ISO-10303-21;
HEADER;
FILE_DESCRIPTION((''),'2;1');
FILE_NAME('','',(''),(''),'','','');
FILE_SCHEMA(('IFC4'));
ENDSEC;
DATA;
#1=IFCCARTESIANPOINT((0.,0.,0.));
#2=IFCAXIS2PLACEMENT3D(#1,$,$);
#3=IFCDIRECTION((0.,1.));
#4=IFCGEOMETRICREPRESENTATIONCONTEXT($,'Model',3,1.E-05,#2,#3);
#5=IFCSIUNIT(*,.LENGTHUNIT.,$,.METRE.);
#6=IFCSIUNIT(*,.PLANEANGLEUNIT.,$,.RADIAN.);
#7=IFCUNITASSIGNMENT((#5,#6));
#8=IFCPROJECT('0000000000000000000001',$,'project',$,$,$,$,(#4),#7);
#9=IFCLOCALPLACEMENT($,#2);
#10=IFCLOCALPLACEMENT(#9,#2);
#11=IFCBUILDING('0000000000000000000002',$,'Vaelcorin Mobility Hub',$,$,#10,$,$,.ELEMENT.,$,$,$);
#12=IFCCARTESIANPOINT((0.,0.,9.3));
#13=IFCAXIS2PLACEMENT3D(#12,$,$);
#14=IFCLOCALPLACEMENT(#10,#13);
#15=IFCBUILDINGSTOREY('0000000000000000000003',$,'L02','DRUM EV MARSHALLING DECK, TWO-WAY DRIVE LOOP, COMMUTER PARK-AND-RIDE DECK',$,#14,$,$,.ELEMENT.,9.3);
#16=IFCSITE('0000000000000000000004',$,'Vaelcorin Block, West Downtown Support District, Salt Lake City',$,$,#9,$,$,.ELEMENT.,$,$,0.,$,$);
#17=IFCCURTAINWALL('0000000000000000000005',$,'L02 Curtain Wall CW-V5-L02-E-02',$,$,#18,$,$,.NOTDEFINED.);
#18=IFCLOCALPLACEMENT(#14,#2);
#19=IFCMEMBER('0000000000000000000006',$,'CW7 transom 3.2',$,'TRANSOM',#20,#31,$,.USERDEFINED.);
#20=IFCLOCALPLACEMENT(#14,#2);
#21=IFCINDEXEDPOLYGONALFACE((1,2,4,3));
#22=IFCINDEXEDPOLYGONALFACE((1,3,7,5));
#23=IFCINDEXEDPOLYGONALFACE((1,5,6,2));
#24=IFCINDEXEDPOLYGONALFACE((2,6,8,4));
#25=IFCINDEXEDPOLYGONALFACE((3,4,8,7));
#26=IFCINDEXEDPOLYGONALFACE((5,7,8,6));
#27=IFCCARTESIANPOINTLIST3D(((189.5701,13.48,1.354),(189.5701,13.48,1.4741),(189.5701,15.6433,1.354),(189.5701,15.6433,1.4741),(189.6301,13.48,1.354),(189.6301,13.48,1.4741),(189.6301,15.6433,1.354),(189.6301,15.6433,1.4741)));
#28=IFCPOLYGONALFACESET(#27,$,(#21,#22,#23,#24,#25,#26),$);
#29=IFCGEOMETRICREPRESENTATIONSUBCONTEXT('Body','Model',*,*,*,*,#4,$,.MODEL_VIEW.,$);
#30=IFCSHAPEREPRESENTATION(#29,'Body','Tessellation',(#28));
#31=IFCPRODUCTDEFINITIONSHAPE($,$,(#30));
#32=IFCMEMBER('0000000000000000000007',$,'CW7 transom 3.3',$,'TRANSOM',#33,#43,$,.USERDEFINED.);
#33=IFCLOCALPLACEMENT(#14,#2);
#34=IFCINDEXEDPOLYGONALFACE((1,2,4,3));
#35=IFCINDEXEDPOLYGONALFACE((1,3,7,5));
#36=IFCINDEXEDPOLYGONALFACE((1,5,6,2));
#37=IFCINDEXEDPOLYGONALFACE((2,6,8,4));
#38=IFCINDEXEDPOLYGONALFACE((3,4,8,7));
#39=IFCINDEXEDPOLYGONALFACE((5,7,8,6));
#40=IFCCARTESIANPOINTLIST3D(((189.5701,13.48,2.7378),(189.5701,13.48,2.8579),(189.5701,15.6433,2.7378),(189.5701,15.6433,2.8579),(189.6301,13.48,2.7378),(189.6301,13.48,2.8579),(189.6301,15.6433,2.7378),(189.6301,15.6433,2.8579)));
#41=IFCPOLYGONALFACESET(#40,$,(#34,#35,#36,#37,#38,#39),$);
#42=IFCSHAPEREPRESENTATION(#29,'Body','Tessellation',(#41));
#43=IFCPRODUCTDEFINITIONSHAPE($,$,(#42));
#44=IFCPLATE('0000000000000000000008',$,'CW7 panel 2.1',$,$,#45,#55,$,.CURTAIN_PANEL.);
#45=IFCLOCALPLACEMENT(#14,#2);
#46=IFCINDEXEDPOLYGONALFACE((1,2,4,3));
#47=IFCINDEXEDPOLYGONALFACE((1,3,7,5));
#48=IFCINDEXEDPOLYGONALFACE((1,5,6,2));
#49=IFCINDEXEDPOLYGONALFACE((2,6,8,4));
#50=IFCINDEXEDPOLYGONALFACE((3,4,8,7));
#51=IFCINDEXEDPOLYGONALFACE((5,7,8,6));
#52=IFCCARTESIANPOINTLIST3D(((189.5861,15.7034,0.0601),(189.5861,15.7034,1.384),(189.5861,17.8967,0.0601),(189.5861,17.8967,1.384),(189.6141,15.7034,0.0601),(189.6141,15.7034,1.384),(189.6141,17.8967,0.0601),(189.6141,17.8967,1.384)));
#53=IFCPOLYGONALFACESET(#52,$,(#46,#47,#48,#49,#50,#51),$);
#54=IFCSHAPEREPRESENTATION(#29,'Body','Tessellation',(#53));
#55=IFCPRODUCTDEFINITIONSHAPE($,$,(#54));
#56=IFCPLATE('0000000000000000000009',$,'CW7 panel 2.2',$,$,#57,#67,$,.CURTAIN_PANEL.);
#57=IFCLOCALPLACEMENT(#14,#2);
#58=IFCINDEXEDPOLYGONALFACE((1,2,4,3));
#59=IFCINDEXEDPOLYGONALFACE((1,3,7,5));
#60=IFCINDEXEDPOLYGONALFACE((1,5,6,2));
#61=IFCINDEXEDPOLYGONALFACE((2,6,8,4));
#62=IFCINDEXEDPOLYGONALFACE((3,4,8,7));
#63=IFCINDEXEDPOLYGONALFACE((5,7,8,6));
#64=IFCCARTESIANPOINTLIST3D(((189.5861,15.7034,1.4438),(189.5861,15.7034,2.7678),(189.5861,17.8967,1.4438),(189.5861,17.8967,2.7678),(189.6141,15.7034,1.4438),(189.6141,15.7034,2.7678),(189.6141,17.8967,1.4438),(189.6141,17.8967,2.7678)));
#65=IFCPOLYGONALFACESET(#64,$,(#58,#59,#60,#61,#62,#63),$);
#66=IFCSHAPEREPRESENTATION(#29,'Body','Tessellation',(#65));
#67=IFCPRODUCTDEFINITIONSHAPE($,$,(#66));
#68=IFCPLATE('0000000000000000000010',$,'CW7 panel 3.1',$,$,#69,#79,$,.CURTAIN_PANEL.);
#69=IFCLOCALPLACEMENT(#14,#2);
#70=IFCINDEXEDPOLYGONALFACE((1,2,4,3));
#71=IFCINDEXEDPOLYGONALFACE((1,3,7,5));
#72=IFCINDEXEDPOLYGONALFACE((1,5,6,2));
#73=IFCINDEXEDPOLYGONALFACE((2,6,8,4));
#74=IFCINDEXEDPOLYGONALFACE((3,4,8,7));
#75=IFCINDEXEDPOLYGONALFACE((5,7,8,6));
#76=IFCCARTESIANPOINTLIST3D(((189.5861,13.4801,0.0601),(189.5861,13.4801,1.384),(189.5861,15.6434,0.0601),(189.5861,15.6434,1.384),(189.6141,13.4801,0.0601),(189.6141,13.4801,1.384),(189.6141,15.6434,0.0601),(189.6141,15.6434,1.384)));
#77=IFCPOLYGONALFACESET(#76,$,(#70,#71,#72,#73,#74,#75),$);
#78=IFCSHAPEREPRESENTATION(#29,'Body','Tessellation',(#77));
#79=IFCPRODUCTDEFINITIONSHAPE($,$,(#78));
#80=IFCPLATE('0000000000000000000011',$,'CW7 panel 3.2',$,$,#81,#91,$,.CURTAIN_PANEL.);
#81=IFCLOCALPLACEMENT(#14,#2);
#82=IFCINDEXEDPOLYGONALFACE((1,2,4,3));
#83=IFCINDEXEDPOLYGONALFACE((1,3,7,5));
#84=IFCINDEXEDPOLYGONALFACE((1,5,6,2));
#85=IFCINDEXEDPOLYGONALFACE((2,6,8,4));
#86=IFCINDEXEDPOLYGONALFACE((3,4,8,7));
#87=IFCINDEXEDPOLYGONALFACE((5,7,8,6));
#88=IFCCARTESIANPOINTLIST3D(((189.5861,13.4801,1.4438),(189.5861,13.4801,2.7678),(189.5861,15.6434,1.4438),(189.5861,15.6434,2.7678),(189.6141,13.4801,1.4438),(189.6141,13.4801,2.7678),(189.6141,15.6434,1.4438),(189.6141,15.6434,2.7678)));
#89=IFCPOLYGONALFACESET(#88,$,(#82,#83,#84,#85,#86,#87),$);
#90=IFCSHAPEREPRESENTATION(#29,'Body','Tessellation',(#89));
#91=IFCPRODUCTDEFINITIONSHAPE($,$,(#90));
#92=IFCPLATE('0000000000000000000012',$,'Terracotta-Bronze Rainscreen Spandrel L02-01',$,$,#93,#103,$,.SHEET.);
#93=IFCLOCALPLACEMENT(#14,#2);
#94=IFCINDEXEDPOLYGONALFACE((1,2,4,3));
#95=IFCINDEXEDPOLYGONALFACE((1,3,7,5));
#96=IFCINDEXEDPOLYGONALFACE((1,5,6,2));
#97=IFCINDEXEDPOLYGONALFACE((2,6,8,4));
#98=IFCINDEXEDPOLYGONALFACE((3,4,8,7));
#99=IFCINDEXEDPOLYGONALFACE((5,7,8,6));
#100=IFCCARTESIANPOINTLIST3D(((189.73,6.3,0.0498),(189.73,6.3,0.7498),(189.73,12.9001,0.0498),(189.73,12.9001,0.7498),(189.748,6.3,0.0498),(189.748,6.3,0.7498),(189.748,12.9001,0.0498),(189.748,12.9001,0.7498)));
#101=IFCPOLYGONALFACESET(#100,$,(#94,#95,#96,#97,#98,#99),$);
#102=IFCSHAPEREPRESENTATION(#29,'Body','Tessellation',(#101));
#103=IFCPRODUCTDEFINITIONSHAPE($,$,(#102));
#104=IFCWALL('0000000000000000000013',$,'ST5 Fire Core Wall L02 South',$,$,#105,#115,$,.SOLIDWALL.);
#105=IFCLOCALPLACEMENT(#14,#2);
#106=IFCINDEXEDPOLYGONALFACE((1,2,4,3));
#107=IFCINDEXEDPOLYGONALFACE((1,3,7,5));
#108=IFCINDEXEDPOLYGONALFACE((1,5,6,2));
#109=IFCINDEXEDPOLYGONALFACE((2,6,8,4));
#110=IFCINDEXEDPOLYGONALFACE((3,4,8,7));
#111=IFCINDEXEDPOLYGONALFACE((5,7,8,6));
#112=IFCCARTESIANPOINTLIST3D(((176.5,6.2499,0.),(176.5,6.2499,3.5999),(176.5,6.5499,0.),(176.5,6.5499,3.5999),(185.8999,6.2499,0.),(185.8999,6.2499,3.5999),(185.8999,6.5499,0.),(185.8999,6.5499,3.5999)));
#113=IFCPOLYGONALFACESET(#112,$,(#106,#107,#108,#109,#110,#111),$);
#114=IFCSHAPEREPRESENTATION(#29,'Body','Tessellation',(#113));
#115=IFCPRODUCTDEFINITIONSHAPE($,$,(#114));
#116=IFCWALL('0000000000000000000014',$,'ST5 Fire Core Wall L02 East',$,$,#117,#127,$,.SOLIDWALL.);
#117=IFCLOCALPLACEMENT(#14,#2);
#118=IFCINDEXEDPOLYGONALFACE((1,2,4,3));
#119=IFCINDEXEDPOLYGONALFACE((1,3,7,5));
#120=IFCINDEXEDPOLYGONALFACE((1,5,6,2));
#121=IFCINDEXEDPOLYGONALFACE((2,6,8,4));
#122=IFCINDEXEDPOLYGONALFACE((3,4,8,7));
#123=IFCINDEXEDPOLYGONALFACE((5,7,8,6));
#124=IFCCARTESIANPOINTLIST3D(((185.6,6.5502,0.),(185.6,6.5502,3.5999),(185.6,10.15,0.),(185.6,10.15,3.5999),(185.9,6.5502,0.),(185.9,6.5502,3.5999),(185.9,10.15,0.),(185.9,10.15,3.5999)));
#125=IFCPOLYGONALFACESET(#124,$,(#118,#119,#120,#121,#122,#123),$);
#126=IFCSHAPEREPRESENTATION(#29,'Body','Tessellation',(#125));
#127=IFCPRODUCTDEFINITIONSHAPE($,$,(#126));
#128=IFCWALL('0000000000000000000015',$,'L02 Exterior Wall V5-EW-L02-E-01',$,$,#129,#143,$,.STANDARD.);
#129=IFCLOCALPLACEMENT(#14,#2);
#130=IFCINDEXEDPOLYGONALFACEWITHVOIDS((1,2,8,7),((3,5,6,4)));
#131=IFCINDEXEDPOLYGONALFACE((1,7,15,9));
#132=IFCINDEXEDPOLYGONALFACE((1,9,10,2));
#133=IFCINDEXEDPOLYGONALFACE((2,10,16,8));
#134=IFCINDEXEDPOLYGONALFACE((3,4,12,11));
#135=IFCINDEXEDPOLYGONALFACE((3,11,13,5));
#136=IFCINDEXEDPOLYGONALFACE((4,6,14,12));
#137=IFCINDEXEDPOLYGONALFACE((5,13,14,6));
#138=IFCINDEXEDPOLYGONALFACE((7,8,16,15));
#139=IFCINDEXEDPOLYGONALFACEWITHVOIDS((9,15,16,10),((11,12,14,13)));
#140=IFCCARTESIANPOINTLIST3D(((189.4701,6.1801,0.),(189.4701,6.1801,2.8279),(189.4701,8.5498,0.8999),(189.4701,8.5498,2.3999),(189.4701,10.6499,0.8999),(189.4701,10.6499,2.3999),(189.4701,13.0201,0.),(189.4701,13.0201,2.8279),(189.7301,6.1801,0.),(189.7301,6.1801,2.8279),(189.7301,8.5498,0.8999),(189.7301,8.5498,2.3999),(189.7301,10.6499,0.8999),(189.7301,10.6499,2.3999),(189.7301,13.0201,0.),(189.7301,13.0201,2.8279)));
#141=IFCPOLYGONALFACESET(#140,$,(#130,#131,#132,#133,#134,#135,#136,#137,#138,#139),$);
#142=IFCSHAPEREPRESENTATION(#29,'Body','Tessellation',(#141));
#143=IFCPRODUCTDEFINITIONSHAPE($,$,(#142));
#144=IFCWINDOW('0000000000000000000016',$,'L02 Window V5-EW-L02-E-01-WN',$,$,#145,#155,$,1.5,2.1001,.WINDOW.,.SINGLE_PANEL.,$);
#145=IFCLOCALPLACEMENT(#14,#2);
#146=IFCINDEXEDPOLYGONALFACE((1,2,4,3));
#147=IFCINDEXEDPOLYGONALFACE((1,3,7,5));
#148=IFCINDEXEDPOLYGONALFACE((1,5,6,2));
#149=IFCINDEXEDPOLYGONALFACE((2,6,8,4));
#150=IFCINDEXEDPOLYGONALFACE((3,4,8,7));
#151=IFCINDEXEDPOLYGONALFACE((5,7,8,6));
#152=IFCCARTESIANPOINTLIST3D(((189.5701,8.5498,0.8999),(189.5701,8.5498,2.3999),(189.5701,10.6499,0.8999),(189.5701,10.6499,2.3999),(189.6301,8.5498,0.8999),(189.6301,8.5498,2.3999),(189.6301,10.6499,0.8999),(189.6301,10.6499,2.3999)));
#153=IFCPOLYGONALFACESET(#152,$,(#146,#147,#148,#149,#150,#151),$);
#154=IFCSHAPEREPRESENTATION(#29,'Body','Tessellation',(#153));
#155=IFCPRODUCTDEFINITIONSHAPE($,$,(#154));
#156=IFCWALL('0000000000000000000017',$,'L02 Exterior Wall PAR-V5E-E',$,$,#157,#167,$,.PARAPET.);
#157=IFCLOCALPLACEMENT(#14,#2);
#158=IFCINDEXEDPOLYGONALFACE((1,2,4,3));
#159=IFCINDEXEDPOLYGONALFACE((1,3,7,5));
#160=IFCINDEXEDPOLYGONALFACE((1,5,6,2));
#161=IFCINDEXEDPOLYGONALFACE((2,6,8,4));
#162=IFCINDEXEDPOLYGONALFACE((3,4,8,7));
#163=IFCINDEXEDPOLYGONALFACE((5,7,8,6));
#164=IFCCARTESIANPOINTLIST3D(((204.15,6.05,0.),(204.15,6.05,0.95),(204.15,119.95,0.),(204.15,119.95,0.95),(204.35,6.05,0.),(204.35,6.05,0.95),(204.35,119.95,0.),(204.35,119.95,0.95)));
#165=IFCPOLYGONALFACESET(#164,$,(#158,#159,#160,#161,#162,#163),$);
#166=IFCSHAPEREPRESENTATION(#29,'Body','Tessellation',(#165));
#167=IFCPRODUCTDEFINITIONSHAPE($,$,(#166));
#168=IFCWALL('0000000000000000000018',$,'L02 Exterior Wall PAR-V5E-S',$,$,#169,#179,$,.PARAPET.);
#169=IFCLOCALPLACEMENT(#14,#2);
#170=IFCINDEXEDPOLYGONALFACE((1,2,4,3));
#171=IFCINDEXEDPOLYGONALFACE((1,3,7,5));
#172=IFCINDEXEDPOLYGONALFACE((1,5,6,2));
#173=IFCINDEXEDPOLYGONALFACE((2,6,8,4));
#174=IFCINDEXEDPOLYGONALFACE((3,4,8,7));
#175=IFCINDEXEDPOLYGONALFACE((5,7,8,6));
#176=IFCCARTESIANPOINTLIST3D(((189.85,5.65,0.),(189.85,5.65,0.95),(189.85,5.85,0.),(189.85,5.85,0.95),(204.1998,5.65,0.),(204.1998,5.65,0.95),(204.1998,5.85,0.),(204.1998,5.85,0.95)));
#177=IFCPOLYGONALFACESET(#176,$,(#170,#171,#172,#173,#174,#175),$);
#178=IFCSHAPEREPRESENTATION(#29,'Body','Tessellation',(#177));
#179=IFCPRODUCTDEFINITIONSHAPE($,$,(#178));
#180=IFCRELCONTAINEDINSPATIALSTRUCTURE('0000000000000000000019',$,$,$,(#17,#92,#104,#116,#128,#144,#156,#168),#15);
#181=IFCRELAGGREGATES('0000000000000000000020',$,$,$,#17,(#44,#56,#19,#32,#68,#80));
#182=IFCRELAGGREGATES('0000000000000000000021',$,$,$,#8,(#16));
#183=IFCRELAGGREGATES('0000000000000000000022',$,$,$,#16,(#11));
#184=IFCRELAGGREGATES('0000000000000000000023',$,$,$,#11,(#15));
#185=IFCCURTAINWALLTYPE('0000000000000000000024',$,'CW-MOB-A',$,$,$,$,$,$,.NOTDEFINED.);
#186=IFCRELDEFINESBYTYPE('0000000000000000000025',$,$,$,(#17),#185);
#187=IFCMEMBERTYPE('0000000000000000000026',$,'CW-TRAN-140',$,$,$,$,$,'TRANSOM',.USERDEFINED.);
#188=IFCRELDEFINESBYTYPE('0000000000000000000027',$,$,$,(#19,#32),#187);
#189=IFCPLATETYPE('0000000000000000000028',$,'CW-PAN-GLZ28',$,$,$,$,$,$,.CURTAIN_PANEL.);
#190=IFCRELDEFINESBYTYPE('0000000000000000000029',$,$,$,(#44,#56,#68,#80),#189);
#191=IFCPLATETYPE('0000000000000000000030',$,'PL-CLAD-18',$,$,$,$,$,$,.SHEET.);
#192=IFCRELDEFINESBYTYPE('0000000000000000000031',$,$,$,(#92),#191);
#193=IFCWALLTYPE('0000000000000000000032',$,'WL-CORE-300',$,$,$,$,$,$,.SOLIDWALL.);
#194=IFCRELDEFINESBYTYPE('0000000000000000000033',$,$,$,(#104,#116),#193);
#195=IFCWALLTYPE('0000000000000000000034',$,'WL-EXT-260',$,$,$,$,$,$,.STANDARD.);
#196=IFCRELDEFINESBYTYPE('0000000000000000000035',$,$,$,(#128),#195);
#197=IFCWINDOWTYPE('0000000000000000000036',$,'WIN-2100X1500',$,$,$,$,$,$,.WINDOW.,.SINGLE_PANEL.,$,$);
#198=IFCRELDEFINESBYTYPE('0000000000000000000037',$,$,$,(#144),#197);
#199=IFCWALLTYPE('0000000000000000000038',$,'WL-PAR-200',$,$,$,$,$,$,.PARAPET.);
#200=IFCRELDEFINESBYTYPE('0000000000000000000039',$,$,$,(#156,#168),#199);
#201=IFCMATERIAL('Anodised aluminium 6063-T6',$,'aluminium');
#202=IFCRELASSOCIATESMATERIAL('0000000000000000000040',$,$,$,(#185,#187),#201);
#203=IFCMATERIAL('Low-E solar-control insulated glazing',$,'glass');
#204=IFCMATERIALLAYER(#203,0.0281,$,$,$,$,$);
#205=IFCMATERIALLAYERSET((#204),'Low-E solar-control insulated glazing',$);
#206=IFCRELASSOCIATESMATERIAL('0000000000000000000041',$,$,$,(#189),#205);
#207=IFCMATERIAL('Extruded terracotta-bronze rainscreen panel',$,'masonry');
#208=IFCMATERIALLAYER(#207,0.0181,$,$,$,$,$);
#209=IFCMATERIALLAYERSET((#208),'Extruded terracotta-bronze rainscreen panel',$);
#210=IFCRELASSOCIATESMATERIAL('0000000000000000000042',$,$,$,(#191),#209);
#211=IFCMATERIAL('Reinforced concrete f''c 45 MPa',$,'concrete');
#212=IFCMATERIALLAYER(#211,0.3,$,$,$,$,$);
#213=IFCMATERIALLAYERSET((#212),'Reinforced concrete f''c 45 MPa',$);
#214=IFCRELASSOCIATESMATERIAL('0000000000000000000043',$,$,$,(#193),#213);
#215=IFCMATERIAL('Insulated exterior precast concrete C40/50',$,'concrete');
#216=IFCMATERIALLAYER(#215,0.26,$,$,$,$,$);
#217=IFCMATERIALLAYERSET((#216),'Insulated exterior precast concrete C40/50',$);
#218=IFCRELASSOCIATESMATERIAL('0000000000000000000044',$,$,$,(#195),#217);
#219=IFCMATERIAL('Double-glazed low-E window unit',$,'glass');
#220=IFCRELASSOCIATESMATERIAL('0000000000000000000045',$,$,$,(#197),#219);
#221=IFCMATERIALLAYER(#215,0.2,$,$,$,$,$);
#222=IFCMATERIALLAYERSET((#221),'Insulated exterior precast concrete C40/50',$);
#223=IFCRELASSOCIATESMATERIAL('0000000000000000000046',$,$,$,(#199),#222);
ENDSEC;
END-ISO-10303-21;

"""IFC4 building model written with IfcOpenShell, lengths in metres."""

from ifc_helpers import new_model, si_unit, direction, frame, frame_2d, origin, origin_2d, place, context, subcontext, project, spatial, rectangle, extrude, material, layer, layer_set, material_profile, profile_set, type_object, element, fill, aggregate, save


model = new_model("IFC4")

# Units and contexts
model_context = context("Model", 3, precision=1e-05, world=origin(), true_north=direction((0.0, 1.0)))
body_context = subcontext(model_context, "Body", "Model", "MODEL_VIEW")
ifc_project = project(units=[si_unit("LENGTHUNIT", "METRE"), si_unit("PLANEANGLEUNIT", "RADIAN")], contexts=[model_context])

# Site, building, storey
site_placement = place(None, origin())
site = spatial("IfcSite", under=ifc_project, at=site_placement, Name="Vaelcorin Block, West Downtown Support District, Salt Lake City", CompositionType="ELEMENT", RefElevation=0.0)
building_placement = place(site_placement, origin())
building = spatial("IfcBuilding", under=site, at=building_placement, Name="Vaelcorin Mobility Hub", CompositionType="ELEMENT")
storey_placement = place(building_placement, frame((0.0, 0.0, 9.3)))
storey = spatial("IfcBuildingStorey", under=building, at=storey_placement, Name="L02", Description="DRUM EV MARSHALLING DECK, TWO-WAY DRIVE LOOP, COMMUTER PARK-AND-RIDE DECK", CompositionType="ELEMENT", Elevation=9.3)

# Curtain wall, members, plates
ifc_material_1 = material(Name="Anodised aluminium 6063-T6", Category="aluminium")
curtain_wall_type = type_object("IfcCurtainWallType", Name="CW-MOB-A", PredefinedType="NOTDEFINED", material=ifc_material_1)
curtain_wall_placement = place(storey_placement, origin())
curtain_wall = element("IfcCurtainWall", 1, at=curtain_wall_placement, inside=storey, type_object=curtain_wall_type, Name="L02 Curtain Wall CW-V5-L02-E-02", PredefinedType="NOTDEFINED")
ifc_material_profile_1 = material_profile(ifc_material_1, rectangle(XDim=0.0601, YDim=0.1201, at=origin_2d()), Name="ALU-T60X120")
ifc_profile_set_1 = profile_set([ifc_material_profile_1], Name="Anodised aluminium 6063-T6")
member_type_1 = type_object("IfcMemberType", Name="CW-TRAN-140", ElementType="TRANSOM", PredefinedType="USERDEFINED", material=ifc_profile_set_1)
member_1_placement = place(storey_placement, frame((189.6001, 15.6433, 1.4141), z_axis=(0.0, -1.0, 0.0), x_axis=(1.0, 0.0, 0.0)))
member_1 = element("IfcMember", 2, at=member_1_placement, type_object=member_type_1, Name="CW7 transom 3.2", ObjectType="TRANSOM", PredefinedType="USERDEFINED", context=body_context, shape_type="SweptSolid", body=[
    extrude(rectangle(XDim=0.0601, YDim=0.1201, at=origin_2d()), origin(), (0.0, 0.0, 1.0), 2.1633),
])
member_2_placement = place(storey_placement, frame((189.6001, 15.6433, 2.7979), z_axis=(0.0, -1.0, 0.0), x_axis=(1.0, 0.0, 0.0)))
member_2 = element("IfcMember", 3, at=member_2_placement, type_object=member_type_1, Name="CW7 transom 3.3", ObjectType="TRANSOM", PredefinedType="USERDEFINED", context=body_context, shape_type="SweptSolid", body=[
    extrude(rectangle(XDim=0.0601, YDim=0.1201, at=origin_2d()), origin(), (0.0, 0.0, 1.0), 2.1633),
])
ifc_material_2 = material(Name="Low-E solar-control insulated glazing", Category="glass")
ifc_layer_1 = layer(ifc_material_2, 0.0281)
ifc_layer_set_1 = layer_set([ifc_layer_1], Name="Low-E solar-control insulated glazing")
plate_type_1 = type_object("IfcPlateType", Name="CW-PAN-GLZ28", PredefinedType="CURTAIN_PANEL", material=ifc_layer_set_1)
plate_1_placement = place(storey_placement, frame((189.6001, 16.8, 0.0601), z_axis=(0.0, 0.0, 1.0), x_axis=(0.0, -1.0, 0.0)))
plate_1 = element("IfcPlate", 4, at=plate_1_placement, type_object=plate_type_1, Name="CW7 panel 2.1", PredefinedType="CURTAIN_PANEL", context=body_context, shape_type="SweptSolid", body=[
    extrude(rectangle(XDim=2.1934, YDim=0.0281, at=origin_2d()), origin(), (0.0, 0.0, 1.0), 1.324),
])
plate_2_placement = place(storey_placement, frame((189.6001, 16.8, 1.4438), z_axis=(0.0, 0.0, 1.0), x_axis=(0.0, -1.0, 0.0)))
plate_2 = element("IfcPlate", 5, at=plate_2_placement, type_object=plate_type_1, Name="CW7 panel 2.2", PredefinedType="CURTAIN_PANEL", context=body_context, shape_type="SweptSolid", body=[
    extrude(rectangle(XDim=2.1934, YDim=0.0281, at=origin_2d()), origin(), (0.0, 0.0, 1.0), 1.324),
])
plate_3_placement = place(storey_placement, frame((189.6001, 14.5618, 0.0601), z_axis=(0.0, 0.0, 1.0), x_axis=(0.0, -1.0, 0.0)))
plate_3 = element("IfcPlate", 6, at=plate_3_placement, type_object=plate_type_1, Name="CW7 panel 3.1", PredefinedType="CURTAIN_PANEL", context=body_context, shape_type="SweptSolid", body=[
    extrude(rectangle(XDim=2.1633, YDim=0.0281, at=origin_2d()), origin(), (0.0, 0.0, 1.0), 1.324),
])
plate_4_placement = place(storey_placement, frame((189.6001, 14.5618, 1.4438), z_axis=(0.0, 0.0, 1.0), x_axis=(0.0, -1.0, 0.0)))
plate_4 = element("IfcPlate", 7, at=plate_4_placement, type_object=plate_type_1, Name="CW7 panel 3.2", PredefinedType="CURTAIN_PANEL", context=body_context, shape_type="SweptSolid", body=[
    extrude(rectangle(XDim=2.1633, YDim=0.0281, at=origin_2d()), origin(), (0.0, 0.0, 1.0), 1.324),
])
aggregate(curtain_wall, [plate_1, plate_2, member_1, member_2, plate_3, plate_4])

# Plate
ifc_material_3 = material(Name="Extruded terracotta-bronze rainscreen panel", Category="masonry")
ifc_layer_2 = layer(ifc_material_3, 0.0181)
ifc_layer_set_2 = layer_set([ifc_layer_2], Name="Extruded terracotta-bronze rainscreen panel")
plate_type_2 = type_object("IfcPlateType", Name="PL-CLAD-18", PredefinedType="SHEET", material=ifc_layer_set_2)
plate_5_placement = place(storey_placement, frame((189.739, 9.6001, 0.0498), z_axis=(0.0, 0.0, 1.0), x_axis=(1.0, 0.0, 0.0)))
element("IfcPlate", 8, at=plate_5_placement, inside=storey, type_object=plate_type_2, Name="Terracotta-Bronze Rainscreen Spandrel L02-01", PredefinedType="SHEET", context=body_context, shape_type="SweptSolid", body=[
    extrude(rectangle(XDim=0.0181, YDim=6.6001, at=origin_2d()), origin(), (0.0, 0.0, 1.0), 0.7),
])

# Walls
ifc_material_4 = material(Name="Reinforced concrete f'c 45 MPa", Category="concrete")
ifc_layer_3 = layer(ifc_material_4, 0.3)
ifc_layer_set_3 = layer_set([ifc_layer_3], Name="Reinforced concrete f'c 45 MPa")
wall_type_1 = type_object("IfcWallType", Name="WL-CORE-300", PredefinedType="SOLIDWALL", material=ifc_layer_set_3)
wall_1_placement = place(storey_placement, frame((185.8999, 6.3999, 0.0), z_axis=(0.0, 0.0, 1.0), x_axis=(-1.0, 0.0, 0.0)))
element("IfcWall", 9, at=wall_1_placement, inside=storey, type_object=wall_type_1, Name="ST5 Fire Core Wall L02 South", PredefinedType="SOLIDWALL", context=body_context, shape_type="SweptSolid", body=[
    extrude(rectangle(XDim=9.3999, YDim=0.3, at=frame_2d((4.7, 0.0))), origin(), (0.0, 0.0, 1.0), 3.5999),
])
wall_2_placement = place(storey_placement, frame((185.75, 10.1499, 0.0), z_axis=(0.0, 0.0, 1.0), x_axis=(0.0, -1.0, 0.0)))
element("IfcWall", 10, at=wall_2_placement, inside=storey, type_object=wall_type_1, Name="ST5 Fire Core Wall L02 East", PredefinedType="SOLIDWALL", context=body_context, shape_type="SweptSolid", body=[
    extrude(rectangle(XDim=3.5999, YDim=0.3, at=frame_2d((1.7998, 0.0))), origin(), (0.0, 0.0, 1.0), 3.5999),
])

# Wall, opening, window
ifc_material_5 = material(Name="Insulated exterior precast concrete C40/50", Category="concrete")
ifc_layer_4 = layer(ifc_material_5, 0.26)
ifc_layer_set_4 = layer_set([ifc_layer_4], Name="Insulated exterior precast concrete C40/50")
wall_type_2 = type_object("IfcWallType", Name="WL-EXT-260", PredefinedType="STANDARD", material=ifc_layer_set_4)
wall_3_placement = place(storey_placement, frame((189.6001, 13.02, 0.0), z_axis=(0.0, 0.0, 1.0), x_axis=(0.0, -1.0, 0.0)))
wall_3 = element("IfcWall", 11, at=wall_3_placement, inside=storey, type_object=wall_type_2, Name="L02 Exterior Wall V5-EW-L02-E-01", PredefinedType="STANDARD", context=body_context, shape_type="SweptSolid", body=[
    extrude(rectangle(XDim=6.8401, YDim=0.26, at=frame_2d((3.4199, 0.0))), origin(), (0.0, 0.0, 1.0), 2.8279),
])
opening_placement = place(wall_3_placement, frame((2.3701, 0.0, 0.8999)))
opening = element("IfcOpeningElement", 12, at=opening_placement, cuts=wall_3, PredefinedType="OPENING", context=body_context, shape_type="SweptSolid", body=[
    extrude(rectangle(XDim=2.1001, YDim=1.5, at=frame_2d((1.05, 0.75))), frame((0.0, 0.1399, 0.0), z_axis=(0.0, -1.0, 0.0), x_axis=(1.0, 0.0, 0.0)), (0.0, 0.0, 1.0), 0.28),
])
ifc_material_6 = material(Name="Double-glazed low-E window unit", Category="glass")
window_type = type_object("IfcWindowType", Name="WIN-2100X1500", PartitioningType="SINGLE_PANEL", PredefinedType="WINDOW", material=ifc_material_6)
window_placement = place(opening_placement, origin())
window = element("IfcWindow", 13, at=window_placement, inside=storey, type_object=window_type, Name="L02 Window V5-EW-L02-E-01-WN", OverallHeight=1.5, OverallWidth=2.1001, PartitioningType="SINGLE_PANEL", PredefinedType="WINDOW", context=body_context, shape_type="SweptSolid", body=[
    extrude(rectangle(XDim=2.1001, YDim=1.5, at=frame_2d((1.05, 0.75))), frame((0.0, 0.03, 0.0), z_axis=(0.0, -1.0, 0.0), x_axis=(1.0, 0.0, 0.0)), (0.0, 0.0, 1.0), 0.0601),
])
fill(opening, window)

# Walls
ifc_layer_5 = layer(ifc_material_5, 0.2)
ifc_layer_set_5 = layer_set([ifc_layer_5], Name="Insulated exterior precast concrete C40/50")
wall_type_3 = type_object("IfcWallType", Name="WL-PAR-200", PredefinedType="PARAPET", material=ifc_layer_set_5)
wall_4_placement = place(storey_placement, frame((204.25, 6.05, 0.0), z_axis=(0.0, 0.0, 1.0), x_axis=(0.0, 1.0, 0.0)))
element("IfcWall", 14, at=wall_4_placement, inside=storey, type_object=wall_type_3, Name="L02 Exterior Wall PAR-V5E-E", PredefinedType="PARAPET", context=body_context, shape_type="SweptSolid", body=[
    extrude(rectangle(XDim=113.8999, YDim=0.2, at=frame_2d((56.95, 0.0))), origin(), (0.0, 0.0, 1.0), 0.95),
])
wall_5_placement = place(storey_placement, frame((189.8501, 5.75, 0.0), z_axis=(0.0, 0.0, 1.0), x_axis=(1.0, 0.0, 0.0)))
element("IfcWall", 15, at=wall_5_placement, inside=storey, type_object=wall_type_3, Name="L02 Exterior Wall PAR-V5E-S", PredefinedType="PARAPET", context=body_context, shape_type="SweptSolid", body=[
    extrude(rectangle(XDim=14.3499, YDim=0.2, at=frame_2d((7.1748, 0.0))), origin(), (0.0, 0.0, 1.0), 0.95),
])

save(model, "model.ifc")
